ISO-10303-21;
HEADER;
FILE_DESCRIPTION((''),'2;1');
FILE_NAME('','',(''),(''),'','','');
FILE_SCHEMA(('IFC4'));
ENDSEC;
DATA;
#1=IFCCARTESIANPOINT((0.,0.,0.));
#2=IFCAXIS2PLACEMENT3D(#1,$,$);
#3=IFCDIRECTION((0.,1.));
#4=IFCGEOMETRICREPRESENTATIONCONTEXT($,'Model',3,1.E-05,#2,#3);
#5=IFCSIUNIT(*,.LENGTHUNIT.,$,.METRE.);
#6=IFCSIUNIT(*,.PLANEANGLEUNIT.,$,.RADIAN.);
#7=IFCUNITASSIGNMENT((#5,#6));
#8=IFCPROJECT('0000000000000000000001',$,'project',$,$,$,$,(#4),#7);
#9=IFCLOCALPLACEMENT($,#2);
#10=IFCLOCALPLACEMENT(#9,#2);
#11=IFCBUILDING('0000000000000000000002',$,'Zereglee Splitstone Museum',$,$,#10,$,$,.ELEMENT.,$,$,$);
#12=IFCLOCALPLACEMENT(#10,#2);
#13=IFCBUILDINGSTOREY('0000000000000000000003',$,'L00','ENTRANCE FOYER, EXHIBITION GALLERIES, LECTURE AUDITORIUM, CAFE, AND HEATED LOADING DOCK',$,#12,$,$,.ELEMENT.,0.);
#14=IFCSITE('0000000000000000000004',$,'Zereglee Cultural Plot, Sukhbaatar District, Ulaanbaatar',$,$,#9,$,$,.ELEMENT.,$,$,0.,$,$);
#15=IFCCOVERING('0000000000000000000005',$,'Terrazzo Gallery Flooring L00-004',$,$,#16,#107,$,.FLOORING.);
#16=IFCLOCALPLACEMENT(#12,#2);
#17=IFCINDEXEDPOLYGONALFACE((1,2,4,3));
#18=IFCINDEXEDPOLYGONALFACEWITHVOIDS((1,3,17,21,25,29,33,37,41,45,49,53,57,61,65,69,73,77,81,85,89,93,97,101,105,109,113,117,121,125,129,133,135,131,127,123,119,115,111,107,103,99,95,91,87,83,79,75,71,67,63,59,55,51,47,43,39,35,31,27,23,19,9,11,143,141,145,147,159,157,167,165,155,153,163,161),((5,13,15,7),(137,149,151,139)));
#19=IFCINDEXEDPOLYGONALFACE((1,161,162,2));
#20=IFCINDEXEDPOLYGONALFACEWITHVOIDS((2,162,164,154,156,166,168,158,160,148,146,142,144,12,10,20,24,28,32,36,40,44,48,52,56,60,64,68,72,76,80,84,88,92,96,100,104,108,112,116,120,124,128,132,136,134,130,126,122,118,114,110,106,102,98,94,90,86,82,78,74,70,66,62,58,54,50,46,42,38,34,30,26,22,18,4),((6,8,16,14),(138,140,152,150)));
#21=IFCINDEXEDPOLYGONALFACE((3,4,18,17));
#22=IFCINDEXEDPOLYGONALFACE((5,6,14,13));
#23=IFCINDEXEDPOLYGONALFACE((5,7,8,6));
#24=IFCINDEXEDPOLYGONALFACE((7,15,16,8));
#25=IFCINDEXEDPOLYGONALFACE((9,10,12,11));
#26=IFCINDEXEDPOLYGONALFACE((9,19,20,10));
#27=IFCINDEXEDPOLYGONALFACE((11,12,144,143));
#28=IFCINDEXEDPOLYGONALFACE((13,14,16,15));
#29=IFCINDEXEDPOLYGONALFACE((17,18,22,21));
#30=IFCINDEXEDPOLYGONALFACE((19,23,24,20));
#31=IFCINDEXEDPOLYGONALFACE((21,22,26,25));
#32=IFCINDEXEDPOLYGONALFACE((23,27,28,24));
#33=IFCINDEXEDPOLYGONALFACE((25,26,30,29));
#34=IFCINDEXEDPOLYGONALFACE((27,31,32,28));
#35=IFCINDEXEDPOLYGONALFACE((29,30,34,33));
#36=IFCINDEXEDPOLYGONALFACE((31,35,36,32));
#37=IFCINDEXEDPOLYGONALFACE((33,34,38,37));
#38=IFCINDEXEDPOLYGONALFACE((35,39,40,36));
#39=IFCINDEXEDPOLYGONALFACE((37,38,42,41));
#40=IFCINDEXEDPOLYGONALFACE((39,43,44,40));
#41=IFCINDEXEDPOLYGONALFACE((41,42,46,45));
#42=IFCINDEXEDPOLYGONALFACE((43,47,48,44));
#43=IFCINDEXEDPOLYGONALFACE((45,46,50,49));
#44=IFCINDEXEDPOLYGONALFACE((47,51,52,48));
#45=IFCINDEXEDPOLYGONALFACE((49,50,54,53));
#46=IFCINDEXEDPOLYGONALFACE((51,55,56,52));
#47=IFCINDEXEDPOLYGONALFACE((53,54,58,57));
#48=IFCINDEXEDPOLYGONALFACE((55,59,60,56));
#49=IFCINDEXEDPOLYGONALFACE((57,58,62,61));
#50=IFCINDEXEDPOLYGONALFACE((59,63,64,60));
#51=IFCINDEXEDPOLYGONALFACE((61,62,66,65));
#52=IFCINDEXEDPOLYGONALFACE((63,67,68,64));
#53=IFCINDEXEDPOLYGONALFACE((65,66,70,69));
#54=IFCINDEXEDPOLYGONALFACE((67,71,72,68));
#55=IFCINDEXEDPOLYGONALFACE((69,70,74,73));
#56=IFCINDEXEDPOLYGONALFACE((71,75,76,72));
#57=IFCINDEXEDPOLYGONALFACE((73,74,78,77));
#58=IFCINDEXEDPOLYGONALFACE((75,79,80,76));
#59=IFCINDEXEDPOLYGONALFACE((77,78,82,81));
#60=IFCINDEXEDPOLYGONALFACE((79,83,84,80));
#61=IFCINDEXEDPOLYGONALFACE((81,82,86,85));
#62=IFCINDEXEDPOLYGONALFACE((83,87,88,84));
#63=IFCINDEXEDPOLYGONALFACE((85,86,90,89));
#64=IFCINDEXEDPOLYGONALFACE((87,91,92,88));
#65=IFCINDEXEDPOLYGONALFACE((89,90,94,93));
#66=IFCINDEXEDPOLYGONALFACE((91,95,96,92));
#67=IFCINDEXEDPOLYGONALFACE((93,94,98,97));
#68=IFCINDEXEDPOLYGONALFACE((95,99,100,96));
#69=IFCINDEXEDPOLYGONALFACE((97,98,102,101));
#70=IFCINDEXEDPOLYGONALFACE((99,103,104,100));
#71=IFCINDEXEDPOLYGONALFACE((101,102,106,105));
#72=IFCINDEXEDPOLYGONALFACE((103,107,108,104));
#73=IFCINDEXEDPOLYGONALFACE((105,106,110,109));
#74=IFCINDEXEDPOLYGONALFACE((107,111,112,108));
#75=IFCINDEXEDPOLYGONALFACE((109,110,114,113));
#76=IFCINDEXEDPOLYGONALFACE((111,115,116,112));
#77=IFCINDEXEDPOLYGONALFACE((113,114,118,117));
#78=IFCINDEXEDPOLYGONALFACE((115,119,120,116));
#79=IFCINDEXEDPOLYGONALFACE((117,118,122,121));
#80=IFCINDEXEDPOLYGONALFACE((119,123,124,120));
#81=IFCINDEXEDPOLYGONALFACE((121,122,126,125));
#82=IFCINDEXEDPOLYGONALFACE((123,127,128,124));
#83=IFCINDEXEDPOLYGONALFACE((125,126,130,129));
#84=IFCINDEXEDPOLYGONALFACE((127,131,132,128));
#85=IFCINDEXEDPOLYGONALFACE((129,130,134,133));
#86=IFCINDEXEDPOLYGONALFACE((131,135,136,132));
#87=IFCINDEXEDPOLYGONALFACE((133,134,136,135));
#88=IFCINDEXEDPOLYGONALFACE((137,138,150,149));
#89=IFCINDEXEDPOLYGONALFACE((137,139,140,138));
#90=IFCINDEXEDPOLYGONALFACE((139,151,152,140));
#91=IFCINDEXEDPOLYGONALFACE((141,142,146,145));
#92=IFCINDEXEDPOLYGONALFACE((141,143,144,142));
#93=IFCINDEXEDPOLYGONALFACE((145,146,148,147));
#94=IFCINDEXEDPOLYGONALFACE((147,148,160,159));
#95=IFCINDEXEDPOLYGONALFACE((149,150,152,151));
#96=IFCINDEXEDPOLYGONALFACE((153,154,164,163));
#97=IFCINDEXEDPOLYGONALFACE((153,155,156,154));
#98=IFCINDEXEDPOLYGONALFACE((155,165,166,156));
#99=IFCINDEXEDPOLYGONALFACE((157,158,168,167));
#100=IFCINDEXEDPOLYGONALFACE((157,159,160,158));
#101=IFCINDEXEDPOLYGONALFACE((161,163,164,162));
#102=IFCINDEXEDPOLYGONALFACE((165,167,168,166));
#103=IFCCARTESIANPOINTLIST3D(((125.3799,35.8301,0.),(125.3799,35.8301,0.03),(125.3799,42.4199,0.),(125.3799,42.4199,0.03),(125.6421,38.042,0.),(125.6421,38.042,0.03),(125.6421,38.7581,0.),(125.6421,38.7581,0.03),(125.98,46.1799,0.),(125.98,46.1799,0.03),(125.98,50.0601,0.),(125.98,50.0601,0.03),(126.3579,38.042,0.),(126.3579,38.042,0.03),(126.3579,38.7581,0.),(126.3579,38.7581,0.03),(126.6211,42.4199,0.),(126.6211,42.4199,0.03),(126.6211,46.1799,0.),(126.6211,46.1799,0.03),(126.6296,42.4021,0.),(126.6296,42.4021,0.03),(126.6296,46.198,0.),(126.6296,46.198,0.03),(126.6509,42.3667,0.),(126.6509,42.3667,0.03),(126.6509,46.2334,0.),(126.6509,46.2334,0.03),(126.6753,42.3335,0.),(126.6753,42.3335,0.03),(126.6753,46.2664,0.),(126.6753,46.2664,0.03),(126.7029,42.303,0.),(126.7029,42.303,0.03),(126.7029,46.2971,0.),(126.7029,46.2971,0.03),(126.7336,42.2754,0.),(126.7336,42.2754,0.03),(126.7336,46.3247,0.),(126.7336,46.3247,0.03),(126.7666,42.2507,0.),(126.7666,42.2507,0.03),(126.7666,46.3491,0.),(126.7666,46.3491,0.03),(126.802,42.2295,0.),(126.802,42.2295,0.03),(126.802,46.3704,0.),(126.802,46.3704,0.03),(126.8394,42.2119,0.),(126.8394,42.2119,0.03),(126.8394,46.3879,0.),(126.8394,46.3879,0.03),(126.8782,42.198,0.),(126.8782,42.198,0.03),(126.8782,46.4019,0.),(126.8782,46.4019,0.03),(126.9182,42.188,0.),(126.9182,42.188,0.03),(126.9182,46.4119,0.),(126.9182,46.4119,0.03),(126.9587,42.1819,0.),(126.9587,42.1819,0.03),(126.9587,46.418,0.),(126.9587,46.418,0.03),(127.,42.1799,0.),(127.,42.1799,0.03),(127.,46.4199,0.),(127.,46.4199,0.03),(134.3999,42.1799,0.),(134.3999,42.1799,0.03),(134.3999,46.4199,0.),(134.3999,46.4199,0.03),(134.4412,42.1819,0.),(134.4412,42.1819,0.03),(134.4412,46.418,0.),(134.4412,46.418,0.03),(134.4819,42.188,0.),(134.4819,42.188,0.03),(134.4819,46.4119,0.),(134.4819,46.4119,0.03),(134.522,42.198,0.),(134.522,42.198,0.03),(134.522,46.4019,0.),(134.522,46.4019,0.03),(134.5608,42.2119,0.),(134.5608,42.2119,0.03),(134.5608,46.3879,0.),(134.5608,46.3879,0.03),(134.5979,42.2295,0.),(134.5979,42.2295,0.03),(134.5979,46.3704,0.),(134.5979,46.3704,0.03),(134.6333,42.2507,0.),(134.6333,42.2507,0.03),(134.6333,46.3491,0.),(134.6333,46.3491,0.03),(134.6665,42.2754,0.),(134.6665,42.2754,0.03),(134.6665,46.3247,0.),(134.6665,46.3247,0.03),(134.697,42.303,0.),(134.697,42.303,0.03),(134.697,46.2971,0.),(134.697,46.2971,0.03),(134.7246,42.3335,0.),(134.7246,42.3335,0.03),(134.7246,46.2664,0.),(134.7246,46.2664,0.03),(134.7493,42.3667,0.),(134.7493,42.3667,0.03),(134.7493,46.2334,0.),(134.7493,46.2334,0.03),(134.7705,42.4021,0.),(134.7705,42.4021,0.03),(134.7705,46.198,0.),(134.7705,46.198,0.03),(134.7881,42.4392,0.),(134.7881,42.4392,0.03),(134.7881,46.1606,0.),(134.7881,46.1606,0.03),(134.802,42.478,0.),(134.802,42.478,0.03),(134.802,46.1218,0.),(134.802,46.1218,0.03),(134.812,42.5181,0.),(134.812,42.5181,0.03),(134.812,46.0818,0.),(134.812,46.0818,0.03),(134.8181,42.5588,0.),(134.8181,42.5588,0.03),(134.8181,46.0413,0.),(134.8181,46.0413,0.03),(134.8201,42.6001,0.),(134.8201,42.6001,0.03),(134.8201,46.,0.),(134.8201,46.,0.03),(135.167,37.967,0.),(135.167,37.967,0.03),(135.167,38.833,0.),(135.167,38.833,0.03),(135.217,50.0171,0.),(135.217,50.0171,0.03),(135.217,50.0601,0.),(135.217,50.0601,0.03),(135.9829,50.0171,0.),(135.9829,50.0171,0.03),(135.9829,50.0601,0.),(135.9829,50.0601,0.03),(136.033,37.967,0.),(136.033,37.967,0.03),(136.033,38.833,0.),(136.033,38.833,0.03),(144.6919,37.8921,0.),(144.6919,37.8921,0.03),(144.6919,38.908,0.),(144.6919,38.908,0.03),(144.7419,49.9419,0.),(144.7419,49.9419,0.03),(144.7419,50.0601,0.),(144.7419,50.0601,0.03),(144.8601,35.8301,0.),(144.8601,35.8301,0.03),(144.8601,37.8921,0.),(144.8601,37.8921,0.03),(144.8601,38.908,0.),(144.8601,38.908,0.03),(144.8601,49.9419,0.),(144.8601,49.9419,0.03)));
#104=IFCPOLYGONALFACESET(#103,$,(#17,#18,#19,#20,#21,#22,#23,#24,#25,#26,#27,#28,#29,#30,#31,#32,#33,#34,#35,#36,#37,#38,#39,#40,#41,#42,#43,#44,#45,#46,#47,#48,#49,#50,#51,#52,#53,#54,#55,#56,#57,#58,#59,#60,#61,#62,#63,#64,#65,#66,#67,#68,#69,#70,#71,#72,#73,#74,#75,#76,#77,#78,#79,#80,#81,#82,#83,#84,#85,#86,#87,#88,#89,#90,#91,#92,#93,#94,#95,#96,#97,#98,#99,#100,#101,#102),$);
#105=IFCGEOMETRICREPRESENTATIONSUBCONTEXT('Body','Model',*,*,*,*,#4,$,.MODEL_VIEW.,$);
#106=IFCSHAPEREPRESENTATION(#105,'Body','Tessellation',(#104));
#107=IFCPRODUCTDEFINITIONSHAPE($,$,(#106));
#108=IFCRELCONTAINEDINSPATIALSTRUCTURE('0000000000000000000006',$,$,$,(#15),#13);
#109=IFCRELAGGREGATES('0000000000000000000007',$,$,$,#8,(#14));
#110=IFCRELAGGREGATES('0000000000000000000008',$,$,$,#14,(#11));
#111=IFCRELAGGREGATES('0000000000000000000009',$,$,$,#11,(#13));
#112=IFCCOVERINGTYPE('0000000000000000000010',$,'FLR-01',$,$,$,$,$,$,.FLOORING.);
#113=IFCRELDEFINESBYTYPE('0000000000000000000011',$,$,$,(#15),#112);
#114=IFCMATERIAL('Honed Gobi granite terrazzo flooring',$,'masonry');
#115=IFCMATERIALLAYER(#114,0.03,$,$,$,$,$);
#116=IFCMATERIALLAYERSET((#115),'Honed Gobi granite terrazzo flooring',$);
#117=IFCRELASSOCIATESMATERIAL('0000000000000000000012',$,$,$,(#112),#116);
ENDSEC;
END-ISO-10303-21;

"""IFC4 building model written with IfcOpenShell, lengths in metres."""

from ifc_helpers import new_model, si_unit, direction, origin, place, context, subcontext, project, spatial, polyline, outline, extrude, material, layer, layer_set, type_object, element, save


model = new_model("IFC4")

# Units and contexts
model_context = context("Model", 3, precision=1e-05, world=origin(), true_north=direction((0.0, 1.0)))
body_context = subcontext(model_context, "Body", "Model", "MODEL_VIEW")
ifc_project = project(units=[si_unit("LENGTHUNIT", "METRE"), si_unit("PLANEANGLEUNIT", "RADIAN")], contexts=[model_context])

# Site, building, storey
site_placement = place(None, origin())
site = spatial("IfcSite", under=ifc_project, at=site_placement, Name="Zereglee Cultural Plot, Sukhbaatar District, Ulaanbaatar", CompositionType="ELEMENT", RefElevation=0.0)
building_placement = place(site_placement, origin())
building = spatial("IfcBuilding", under=site, at=building_placement, Name="Zereglee Splitstone Museum", CompositionType="ELEMENT")
storey_placement = place(building_placement, origin())
storey = spatial("IfcBuildingStorey", under=building, at=storey_placement, Name="L00", Description="ENTRANCE FOYER, EXHIBITION GALLERIES, LECTURE AUDITORIUM, CAFE, AND HEATED LOADING DOCK", CompositionType="ELEMENT", Elevation=0.0)

# Covering
ifc_material_1 = material(Name="Honed Gobi granite terrazzo flooring", Category="masonry")
ifc_layer_1 = layer(ifc_material_1, 0.03)
ifc_layer_set_1 = layer_set([ifc_layer_1], Name="Honed Gobi granite terrazzo flooring")
covering_type_1 = type_object("IfcCoveringType", Name="FLR-01", PredefinedType="FLOORING", material=ifc_layer_set_1)
covering_1_placement = place(storey_placement, origin())
element("IfcCovering", 1, at=covering_1_placement, inside=storey, type_object=covering_type_1, Name="Terrazzo Gallery Flooring L00-004", PredefinedType="FLOORING", context=body_context, shape_type="SweptSolid", body=[
    extrude(outline(polyline([(125.98, 50.0601), (135.217, 50.0601), (135.217, 50.0171), (135.9829, 50.0171), (135.9829, 50.0601), (144.7419, 50.0601), (144.7419, 49.9419), (144.8601, 49.9419), (144.8601, 38.908), (144.6919, 38.908), (144.6919, 37.8921), (144.8601, 37.8921), (144.8601, 35.8301), (125.3799, 35.8301), (125.3799, 42.4199), (126.6211, 42.4199), (126.6296, 42.4021), (126.6509, 42.3667), (126.6753, 42.3335), (126.7029, 42.303), (126.7336, 42.2754), (126.7666, 42.2507), (126.802, 42.2295), (126.8394, 42.2119), (126.8782, 42.198), (126.9182, 42.188), (126.9587, 42.1819), (127.0, 42.1799), (134.3999, 42.1799), (134.4412, 42.1819), (134.4819, 42.188), (134.522, 42.198), (134.5608, 42.2119), (134.5979, 42.2295), (134.6333, 42.2507), (134.6665, 42.2754), (134.697, 42.303), (134.7246, 42.3335), (134.7493, 42.3667), (134.7705, 42.4021), (134.7881, 42.4392), (134.802, 42.478), (134.812, 42.5181), (134.8181, 42.5588), (134.8201, 42.6001), (134.8201, 46.0), (134.8181, 46.0413), (134.812, 46.0818), (134.802, 46.1218), (134.7881, 46.1606), (134.7705, 46.198), (134.7493, 46.2334), (134.7246, 46.2664), (134.697, 46.2971), (134.6665, 46.3247), (134.6333, 46.3491), (134.5979, 46.3704), (134.5608, 46.3879), (134.522, 46.4019), (134.4819, 46.4119), (134.4412, 46.418), (134.3999, 46.4199), (127.0, 46.4199), (126.9587, 46.418), (126.9182, 46.4119), (126.8782, 46.4019), (126.8394, 46.3879), (126.802, 46.3704), (126.7666, 46.3491), (126.7336, 46.3247), (126.7029, 46.2971), (126.6753, 46.2664), (126.6509, 46.2334), (126.6296, 46.198), (126.6211, 46.1799), (125.98, 46.1799), (125.98, 50.0601)]), holes=[polyline([(135.167, 38.833), (135.167, 37.967), (136.033, 37.967), (136.033, 38.833), (135.167, 38.833)]), polyline([(125.6421, 38.7581), (125.6421, 38.042), (126.3579, 38.042), (126.3579, 38.7581), (125.6421, 38.7581)])]), origin(), (0.0, 0.0, 1.0), 0.03),
])

save(model, "model.ifc")
